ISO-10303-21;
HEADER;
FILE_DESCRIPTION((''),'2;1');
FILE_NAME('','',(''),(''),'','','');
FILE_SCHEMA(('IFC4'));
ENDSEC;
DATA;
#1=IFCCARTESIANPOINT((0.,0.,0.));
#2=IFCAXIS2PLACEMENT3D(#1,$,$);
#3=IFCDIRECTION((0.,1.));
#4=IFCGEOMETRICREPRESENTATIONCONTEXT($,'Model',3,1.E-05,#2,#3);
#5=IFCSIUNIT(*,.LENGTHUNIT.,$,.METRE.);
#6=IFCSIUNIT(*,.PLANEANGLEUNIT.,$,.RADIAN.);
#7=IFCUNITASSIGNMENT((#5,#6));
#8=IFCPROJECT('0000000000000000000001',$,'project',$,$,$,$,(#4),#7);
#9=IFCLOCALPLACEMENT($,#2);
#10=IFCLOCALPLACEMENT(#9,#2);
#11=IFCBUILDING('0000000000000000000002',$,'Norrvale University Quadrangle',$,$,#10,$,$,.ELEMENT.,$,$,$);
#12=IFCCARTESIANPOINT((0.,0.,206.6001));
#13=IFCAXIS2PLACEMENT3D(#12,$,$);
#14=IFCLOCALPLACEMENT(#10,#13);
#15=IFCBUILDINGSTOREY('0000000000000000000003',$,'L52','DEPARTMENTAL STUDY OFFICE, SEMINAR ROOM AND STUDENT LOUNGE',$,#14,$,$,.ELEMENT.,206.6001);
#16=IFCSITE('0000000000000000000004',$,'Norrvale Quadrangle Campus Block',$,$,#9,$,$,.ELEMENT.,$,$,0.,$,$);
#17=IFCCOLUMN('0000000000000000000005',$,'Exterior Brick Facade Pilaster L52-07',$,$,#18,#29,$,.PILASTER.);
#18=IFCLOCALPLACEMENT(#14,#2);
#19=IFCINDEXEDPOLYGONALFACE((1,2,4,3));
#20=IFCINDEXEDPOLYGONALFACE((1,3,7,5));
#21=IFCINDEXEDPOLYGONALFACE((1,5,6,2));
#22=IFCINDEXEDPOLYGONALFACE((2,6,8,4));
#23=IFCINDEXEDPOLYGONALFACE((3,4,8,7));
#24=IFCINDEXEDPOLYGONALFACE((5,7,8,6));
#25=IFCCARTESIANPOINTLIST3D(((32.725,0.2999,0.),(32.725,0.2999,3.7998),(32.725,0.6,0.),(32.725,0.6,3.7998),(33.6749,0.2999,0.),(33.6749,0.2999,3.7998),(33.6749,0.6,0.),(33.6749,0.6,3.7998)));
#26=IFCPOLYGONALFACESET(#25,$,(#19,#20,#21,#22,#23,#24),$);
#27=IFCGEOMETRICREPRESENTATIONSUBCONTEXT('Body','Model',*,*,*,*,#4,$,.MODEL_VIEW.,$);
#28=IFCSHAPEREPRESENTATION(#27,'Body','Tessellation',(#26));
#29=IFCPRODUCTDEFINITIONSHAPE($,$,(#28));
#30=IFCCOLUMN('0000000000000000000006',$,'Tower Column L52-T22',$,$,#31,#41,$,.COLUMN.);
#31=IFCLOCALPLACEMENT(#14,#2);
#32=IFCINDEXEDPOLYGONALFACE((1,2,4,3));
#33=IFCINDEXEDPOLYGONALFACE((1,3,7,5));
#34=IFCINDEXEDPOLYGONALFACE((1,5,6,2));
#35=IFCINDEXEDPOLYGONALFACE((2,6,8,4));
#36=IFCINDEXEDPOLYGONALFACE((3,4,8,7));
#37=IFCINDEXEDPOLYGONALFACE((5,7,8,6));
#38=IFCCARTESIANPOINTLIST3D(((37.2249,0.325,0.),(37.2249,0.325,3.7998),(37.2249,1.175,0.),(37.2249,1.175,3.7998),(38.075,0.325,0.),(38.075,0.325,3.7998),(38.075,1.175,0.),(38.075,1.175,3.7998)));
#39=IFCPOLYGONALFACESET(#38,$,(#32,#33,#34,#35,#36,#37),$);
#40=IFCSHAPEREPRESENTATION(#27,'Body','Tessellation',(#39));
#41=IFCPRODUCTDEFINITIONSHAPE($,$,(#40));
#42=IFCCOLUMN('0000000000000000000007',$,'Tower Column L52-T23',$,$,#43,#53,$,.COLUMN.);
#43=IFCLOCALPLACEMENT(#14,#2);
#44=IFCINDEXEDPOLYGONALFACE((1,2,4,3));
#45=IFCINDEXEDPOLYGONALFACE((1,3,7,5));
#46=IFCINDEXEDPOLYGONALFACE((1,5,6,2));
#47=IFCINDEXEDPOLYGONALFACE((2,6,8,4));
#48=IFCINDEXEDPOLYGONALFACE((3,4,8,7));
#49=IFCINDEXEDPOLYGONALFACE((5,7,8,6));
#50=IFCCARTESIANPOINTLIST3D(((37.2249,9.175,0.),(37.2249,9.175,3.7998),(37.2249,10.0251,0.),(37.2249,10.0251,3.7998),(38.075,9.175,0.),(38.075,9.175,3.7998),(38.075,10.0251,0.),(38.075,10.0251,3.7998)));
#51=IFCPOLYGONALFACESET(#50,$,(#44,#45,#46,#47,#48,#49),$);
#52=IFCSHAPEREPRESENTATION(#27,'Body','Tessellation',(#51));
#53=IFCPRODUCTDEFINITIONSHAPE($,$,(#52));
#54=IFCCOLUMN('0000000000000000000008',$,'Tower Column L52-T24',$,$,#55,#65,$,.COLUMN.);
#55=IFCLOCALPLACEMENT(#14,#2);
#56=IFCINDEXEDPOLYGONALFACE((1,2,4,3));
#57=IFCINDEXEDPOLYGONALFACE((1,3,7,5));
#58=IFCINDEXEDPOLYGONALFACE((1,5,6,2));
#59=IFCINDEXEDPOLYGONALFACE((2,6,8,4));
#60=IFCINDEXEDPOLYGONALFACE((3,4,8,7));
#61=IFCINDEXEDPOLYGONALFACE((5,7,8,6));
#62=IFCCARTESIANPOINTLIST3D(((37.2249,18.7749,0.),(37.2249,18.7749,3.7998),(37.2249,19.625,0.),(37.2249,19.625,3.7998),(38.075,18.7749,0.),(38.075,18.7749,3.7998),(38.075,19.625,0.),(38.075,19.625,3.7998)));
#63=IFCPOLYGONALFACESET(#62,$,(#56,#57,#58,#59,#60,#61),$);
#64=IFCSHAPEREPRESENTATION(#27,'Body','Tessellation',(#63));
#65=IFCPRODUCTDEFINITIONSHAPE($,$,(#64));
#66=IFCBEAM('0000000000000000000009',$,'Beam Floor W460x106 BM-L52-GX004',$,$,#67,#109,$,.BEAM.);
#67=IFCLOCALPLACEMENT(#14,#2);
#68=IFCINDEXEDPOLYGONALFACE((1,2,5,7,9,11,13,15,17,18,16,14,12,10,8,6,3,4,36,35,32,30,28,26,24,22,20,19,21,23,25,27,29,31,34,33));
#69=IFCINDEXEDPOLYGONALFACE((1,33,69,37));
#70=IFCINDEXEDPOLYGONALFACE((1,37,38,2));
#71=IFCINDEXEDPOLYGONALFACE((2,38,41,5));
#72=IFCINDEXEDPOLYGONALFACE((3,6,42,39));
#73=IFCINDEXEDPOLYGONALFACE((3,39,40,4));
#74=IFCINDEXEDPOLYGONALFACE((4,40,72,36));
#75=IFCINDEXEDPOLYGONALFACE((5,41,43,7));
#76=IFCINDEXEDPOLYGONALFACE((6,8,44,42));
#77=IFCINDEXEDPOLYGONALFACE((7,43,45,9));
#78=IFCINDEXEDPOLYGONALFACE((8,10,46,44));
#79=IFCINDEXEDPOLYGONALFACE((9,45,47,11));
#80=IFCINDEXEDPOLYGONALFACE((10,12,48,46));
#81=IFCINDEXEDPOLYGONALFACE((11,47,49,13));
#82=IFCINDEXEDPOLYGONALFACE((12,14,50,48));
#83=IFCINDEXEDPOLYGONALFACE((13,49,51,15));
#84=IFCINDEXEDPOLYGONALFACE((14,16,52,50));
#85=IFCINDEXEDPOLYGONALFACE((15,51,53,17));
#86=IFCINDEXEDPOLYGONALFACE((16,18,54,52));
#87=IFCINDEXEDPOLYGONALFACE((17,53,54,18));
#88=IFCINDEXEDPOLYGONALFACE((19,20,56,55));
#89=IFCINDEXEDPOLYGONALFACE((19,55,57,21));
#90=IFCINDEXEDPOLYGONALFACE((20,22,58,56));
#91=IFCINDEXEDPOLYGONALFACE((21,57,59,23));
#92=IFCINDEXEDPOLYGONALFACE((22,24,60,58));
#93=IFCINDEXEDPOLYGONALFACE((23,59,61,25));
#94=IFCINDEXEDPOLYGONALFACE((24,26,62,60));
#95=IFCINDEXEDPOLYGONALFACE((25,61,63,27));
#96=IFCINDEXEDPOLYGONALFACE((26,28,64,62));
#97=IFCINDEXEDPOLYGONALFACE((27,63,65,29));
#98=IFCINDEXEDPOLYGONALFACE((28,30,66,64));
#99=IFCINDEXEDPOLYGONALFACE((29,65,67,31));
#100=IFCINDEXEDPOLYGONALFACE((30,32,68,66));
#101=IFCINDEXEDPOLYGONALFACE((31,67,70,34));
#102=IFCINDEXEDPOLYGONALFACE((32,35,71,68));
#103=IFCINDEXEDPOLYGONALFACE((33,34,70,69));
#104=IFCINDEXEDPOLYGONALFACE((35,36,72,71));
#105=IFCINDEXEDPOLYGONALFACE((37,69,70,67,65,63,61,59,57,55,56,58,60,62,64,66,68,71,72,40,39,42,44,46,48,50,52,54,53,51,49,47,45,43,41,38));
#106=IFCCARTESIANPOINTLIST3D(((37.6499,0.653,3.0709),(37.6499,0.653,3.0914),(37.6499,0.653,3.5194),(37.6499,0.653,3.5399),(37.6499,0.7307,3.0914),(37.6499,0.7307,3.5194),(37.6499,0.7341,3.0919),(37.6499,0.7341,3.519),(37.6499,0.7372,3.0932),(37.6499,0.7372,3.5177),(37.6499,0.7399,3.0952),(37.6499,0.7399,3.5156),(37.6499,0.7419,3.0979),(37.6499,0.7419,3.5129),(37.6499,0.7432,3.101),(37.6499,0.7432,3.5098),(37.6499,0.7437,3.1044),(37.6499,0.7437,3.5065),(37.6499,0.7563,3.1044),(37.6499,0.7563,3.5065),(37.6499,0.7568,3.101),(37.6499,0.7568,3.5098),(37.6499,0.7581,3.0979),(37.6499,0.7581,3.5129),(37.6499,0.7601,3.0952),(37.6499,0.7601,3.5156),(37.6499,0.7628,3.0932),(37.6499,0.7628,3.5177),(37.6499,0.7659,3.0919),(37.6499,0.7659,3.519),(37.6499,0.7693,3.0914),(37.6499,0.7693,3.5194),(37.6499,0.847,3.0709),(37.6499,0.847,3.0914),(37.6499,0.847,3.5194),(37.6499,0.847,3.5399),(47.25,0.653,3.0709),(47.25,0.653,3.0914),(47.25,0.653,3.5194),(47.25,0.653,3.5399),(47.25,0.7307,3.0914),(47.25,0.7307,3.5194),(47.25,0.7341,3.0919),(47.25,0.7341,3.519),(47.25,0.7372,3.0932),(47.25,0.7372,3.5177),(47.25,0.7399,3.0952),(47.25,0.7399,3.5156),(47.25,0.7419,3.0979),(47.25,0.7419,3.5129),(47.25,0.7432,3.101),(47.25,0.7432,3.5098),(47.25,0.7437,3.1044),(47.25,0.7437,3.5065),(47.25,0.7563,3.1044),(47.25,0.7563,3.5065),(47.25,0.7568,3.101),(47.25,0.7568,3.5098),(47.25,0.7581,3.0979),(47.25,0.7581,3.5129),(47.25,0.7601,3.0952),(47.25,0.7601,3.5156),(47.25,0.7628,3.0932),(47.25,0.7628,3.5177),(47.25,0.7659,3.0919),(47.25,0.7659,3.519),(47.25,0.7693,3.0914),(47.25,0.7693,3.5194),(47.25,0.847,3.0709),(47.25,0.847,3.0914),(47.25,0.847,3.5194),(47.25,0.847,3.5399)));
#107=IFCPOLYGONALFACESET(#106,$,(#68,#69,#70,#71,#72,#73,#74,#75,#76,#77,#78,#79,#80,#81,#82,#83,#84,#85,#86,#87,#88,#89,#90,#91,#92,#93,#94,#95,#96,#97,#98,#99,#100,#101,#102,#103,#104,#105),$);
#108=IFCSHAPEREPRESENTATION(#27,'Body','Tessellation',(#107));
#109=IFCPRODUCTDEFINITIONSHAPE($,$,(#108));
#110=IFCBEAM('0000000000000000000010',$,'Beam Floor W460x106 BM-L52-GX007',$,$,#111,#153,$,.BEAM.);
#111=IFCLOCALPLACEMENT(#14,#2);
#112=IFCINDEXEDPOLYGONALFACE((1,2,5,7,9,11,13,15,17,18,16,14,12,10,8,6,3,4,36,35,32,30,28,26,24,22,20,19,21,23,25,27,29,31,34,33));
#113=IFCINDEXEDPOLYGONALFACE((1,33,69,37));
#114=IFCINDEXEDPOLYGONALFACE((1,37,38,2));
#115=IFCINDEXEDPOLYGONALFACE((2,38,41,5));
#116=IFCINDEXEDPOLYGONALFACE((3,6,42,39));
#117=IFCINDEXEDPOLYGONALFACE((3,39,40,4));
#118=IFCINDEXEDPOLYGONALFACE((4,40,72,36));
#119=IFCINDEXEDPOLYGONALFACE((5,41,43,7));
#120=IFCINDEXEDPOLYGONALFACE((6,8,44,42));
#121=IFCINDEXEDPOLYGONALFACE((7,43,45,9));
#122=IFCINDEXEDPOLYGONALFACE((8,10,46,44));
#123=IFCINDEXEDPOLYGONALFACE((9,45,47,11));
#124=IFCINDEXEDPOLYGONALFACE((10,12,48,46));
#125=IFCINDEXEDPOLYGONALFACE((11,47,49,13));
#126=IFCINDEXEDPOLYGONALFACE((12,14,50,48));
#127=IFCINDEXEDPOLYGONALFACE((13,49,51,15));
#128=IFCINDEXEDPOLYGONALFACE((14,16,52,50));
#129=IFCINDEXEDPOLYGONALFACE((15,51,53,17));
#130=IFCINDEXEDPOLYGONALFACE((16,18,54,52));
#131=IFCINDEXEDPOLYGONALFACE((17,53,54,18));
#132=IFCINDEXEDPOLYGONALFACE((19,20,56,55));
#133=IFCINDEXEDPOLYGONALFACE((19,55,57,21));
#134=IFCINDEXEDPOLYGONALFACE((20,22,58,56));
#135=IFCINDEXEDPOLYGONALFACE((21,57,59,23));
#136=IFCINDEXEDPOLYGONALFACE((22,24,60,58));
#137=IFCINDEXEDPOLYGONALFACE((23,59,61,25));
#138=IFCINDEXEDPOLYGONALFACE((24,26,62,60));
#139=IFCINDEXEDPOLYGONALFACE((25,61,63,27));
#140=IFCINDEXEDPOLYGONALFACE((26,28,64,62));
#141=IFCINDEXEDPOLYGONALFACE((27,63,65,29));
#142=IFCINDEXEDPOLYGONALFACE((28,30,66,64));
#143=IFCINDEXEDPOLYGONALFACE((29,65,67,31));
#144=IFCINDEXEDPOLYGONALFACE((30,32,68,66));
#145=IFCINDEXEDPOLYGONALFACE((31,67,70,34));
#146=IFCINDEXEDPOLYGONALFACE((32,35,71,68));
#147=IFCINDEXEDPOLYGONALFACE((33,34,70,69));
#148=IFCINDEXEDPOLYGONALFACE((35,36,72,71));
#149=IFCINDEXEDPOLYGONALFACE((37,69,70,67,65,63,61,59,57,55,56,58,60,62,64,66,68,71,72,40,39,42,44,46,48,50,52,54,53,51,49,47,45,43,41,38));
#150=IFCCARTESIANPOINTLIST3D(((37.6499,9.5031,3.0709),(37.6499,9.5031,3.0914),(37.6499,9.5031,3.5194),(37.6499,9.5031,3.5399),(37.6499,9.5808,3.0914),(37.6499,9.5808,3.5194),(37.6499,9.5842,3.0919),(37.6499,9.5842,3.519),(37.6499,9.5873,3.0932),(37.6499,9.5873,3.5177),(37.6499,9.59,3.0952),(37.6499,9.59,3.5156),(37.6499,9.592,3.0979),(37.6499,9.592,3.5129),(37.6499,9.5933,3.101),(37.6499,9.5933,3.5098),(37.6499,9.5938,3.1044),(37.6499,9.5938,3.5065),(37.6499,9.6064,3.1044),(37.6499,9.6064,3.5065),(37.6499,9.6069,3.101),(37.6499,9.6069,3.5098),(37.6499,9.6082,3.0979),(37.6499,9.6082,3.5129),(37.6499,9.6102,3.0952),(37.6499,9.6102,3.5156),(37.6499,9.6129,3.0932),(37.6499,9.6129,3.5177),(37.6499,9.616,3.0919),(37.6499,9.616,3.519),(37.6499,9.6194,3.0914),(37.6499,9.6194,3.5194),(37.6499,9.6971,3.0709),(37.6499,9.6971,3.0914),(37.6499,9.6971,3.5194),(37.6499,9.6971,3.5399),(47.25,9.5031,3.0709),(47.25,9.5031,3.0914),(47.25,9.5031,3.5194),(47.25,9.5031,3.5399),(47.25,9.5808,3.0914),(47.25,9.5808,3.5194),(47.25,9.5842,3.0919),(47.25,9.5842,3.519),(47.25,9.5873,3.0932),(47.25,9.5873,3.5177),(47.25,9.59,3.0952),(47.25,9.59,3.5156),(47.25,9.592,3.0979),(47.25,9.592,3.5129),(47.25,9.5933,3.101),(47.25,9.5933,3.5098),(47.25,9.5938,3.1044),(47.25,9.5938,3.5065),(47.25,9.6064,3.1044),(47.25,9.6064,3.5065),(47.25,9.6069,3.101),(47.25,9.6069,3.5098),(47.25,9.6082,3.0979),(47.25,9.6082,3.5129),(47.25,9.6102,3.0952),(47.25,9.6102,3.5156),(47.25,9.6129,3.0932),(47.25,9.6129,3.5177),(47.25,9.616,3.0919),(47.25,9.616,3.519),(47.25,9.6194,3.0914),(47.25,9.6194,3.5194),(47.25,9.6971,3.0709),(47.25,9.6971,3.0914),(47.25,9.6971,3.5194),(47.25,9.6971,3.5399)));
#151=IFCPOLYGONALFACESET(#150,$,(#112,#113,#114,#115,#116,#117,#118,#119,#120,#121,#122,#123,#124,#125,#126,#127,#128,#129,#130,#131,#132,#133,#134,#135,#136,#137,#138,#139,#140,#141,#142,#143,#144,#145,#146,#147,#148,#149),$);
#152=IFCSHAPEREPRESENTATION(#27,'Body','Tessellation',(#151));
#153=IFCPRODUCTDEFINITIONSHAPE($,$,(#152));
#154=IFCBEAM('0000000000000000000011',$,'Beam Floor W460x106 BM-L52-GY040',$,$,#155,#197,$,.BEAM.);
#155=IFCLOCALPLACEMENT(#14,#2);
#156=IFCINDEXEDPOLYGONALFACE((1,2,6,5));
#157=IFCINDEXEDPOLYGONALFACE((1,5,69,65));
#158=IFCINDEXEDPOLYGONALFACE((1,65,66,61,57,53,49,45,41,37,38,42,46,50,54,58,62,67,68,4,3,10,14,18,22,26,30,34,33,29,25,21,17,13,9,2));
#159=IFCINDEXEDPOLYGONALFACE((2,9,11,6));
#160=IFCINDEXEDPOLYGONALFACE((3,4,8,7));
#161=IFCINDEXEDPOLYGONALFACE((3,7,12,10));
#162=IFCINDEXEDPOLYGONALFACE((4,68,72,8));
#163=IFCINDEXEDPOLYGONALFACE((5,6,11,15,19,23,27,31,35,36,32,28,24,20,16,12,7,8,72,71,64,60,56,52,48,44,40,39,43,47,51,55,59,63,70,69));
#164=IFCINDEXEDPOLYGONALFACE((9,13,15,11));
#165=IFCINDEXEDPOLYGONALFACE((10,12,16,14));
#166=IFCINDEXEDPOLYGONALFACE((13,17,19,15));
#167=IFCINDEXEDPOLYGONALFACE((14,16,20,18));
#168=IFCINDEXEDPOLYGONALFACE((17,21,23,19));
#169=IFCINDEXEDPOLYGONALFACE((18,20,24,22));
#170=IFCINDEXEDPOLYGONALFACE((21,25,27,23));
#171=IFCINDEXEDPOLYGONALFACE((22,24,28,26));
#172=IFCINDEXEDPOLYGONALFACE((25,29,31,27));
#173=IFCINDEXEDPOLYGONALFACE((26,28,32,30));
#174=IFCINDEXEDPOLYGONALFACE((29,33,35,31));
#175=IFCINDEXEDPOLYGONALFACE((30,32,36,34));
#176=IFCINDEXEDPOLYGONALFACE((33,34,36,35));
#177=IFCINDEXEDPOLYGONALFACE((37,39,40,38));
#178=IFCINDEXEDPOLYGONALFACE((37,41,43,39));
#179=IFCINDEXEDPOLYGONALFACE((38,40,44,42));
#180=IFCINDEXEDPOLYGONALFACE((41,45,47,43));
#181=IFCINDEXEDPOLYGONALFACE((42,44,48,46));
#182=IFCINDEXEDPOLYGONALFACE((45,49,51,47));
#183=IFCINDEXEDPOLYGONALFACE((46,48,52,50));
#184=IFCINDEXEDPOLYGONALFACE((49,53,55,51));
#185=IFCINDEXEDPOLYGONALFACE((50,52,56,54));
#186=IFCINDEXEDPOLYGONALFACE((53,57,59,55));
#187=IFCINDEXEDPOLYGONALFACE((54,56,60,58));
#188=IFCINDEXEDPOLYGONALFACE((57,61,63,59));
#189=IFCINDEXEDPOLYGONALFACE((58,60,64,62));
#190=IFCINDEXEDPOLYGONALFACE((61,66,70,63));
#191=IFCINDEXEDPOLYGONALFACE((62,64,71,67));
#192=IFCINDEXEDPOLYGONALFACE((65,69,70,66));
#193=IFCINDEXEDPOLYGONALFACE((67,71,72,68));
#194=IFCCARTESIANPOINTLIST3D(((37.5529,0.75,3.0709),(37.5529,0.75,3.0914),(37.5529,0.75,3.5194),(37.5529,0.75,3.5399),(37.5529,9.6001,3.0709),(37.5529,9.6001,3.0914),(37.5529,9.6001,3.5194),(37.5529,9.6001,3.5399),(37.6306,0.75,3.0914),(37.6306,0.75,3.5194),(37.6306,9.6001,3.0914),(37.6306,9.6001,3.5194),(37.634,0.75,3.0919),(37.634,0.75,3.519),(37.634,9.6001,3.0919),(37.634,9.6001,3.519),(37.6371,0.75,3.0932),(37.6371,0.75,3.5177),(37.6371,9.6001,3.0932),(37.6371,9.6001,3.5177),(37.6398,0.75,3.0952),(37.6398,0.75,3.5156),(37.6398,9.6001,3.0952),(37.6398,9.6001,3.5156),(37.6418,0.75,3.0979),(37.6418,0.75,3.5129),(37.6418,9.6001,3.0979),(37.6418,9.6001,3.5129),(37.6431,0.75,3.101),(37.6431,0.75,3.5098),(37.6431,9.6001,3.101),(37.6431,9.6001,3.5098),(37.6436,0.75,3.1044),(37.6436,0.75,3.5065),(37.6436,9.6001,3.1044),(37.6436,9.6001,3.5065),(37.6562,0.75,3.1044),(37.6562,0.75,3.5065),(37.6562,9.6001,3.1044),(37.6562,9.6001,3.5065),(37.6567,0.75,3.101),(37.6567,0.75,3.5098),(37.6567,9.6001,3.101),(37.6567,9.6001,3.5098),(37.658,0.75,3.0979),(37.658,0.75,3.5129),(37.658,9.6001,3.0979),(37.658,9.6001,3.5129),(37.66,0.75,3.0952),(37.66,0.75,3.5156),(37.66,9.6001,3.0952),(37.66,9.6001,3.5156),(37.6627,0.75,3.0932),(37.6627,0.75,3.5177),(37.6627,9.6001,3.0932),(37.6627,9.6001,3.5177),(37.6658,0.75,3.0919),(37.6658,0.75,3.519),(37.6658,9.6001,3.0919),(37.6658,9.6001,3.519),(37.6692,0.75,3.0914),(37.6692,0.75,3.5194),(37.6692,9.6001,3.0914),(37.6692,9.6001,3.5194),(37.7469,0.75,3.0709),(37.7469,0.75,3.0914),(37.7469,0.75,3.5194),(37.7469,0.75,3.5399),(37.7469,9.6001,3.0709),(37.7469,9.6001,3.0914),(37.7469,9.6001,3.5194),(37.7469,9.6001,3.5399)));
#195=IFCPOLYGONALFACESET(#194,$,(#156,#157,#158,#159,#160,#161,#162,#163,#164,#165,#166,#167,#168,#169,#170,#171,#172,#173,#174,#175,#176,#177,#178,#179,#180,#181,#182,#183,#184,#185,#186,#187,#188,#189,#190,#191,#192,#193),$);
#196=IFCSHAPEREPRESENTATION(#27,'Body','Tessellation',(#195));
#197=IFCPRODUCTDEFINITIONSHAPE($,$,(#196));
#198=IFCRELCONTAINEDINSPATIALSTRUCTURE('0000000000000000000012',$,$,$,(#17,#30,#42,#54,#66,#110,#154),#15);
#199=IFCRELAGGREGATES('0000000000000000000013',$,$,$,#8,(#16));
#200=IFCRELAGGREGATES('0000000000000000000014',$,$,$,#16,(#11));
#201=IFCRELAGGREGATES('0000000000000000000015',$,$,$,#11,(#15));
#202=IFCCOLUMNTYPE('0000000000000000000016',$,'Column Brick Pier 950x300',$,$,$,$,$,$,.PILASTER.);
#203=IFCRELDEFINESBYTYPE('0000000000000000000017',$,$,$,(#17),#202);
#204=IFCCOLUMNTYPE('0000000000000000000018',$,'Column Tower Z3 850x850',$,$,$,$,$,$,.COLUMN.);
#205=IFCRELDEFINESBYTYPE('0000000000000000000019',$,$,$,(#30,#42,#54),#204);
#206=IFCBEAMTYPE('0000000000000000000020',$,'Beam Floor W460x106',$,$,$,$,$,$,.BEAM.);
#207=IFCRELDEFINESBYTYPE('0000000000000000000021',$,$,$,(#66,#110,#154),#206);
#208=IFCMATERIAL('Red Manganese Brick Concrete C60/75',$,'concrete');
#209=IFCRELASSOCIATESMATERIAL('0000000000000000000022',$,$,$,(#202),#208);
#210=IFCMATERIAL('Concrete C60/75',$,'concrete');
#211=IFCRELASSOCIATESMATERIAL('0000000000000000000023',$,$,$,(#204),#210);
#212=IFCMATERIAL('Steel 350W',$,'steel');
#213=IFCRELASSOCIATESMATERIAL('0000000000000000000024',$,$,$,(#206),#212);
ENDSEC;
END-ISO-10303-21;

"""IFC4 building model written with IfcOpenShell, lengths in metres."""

from ifc_helpers import new_model, si_unit, direction, frame, origin, origin_2d, place, context, subcontext, project, spatial, rectangle, i_section, extrude, material, material_profile, profile_set, type_object, element, save


model = new_model("IFC4")

# Units and contexts
model_context = context("Model", 3, precision=1e-05, world=origin(), true_north=direction((0.0, 1.0)))
body_context = subcontext(model_context, "Body", "Model", "MODEL_VIEW")
ifc_project = project(units=[si_unit("LENGTHUNIT", "METRE"), si_unit("PLANEANGLEUNIT", "RADIAN")], contexts=[model_context])

# Site, building, storey
site_placement = place(None, origin())
site = spatial("IfcSite", under=ifc_project, at=site_placement, Name="Norrvale Quadrangle Campus Block", CompositionType="ELEMENT", RefElevation=0.0)
building_placement = place(site_placement, origin())
building = spatial("IfcBuilding", under=site, at=building_placement, Name="Norrvale University Quadrangle", CompositionType="ELEMENT")
storey_placement = place(building_placement, frame((0.0, 0.0, 206.6001)))
storey = spatial("IfcBuildingStorey", under=building, at=storey_placement, Name="L52", Description="DEPARTMENTAL STUDY OFFICE, SEMINAR ROOM AND STUDENT LOUNGE", CompositionType="ELEMENT", Elevation=206.6001)

# Columns
ifc_material_1 = material(Name="Red Manganese Brick Concrete C60/75", Category="concrete")
ifc_material_profile_1 = material_profile(ifc_material_1, rectangle(XDim=0.95, YDim=0.3, at=origin_2d()), Name="Red Manganese Brick Concrete C60/75")
ifc_profile_set_1 = profile_set([ifc_material_profile_1], Name="Red Manganese Brick Concrete C60/75")
column_type_1 = type_object("IfcColumnType", Name="Column Brick Pier 950x300", PredefinedType="PILASTER", material=ifc_profile_set_1)
column_placement = place(storey_placement, frame((33.2, 0.45, 0.0), z_axis=(0.0, 0.0, 1.0), x_axis=(1.0, 0.0, 0.0)))
element("IfcColumn", 1, at=column_placement, inside=storey, type_object=column_type_1, Name="Exterior Brick Facade Pilaster L52-07", PredefinedType="PILASTER", context=body_context, shape_type="SweptSolid", body=[
    extrude(rectangle(XDim=0.95, YDim=0.3, at=origin_2d()), origin(), (0.0, 0.0, 1.0), 3.7998),
])
ifc_material_2 = material(Name="Concrete C60/75", Category="concrete")
ifc_material_profile_2 = material_profile(ifc_material_2, rectangle(XDim=0.8501, YDim=0.8501, at=origin_2d()), Name="Concrete C60/75")
ifc_profile_set_2 = profile_set([ifc_material_profile_2], Name="Concrete C60/75")
column_type_2 = type_object("IfcColumnType", Name="Column Tower Z3 850x850", PredefinedType="COLUMN", material=ifc_profile_set_2)
for number, where, z_axis, x_axis, name in (
    (2, (37.6499, 0.75, 0.0), (0.0, 0.0, 1.0), (1.0, 0.0, 0.0), "Tower Column L52-T22"),
    (3, (37.6499, 9.6001, 0.0), (0.0, 0.0, 1.0), (1.0, 0.0, 0.0), "Tower Column L52-T23"),
    (4, (37.6499, 19.2, 0.0), (0.0, 0.0, 1.0), (1.0, 0.0, 0.0), "Tower Column L52-T24"),
):
    element("IfcColumn", number, at=place(storey_placement, frame(where, z_axis=z_axis, x_axis=x_axis)), inside=storey, type_object=column_type_2, Name=name, PredefinedType="COLUMN", context=body_context, shape_type="SweptSolid", body=[
        extrude(rectangle(XDim=0.8501, YDim=0.8501, at=origin_2d()), origin(), (0.0, 0.0, 1.0), 3.7998),
    ])

# Beams
ifc_material_3 = material(Name="Steel 350W", Category="steel")
ifc_material_profile_3 = material_profile(ifc_material_3, i_section(OverallWidth=0.1941, OverallDepth=0.469, WebThickness=0.0127, FlangeThickness=0.0205, FilletRadius=0.0129, at=origin_2d()), Name="Steel 350W")
ifc_profile_set_3 = profile_set([ifc_material_profile_3], Name="Steel 350W")
beam_type_1 = type_object("IfcBeamType", Name="Beam Floor W460x106", PredefinedType="BEAM", material=ifc_profile_set_3)
for number, where, z_axis, x_axis, name in (
    (5, (37.6499, 0.75, 3.3054), (1.0, 0.0, 0.0), (0.0, 1.0, 0.0), "Beam Floor W460x106 BM-L52-GX004"),
    (6, (37.6499, 9.6001, 3.3054), (1.0, 0.0, 0.0), (0.0, 1.0, 0.0), "Beam Floor W460x106 BM-L52-GX007"),
):
    element("IfcBeam", number, at=place(storey_placement, frame(where, z_axis=z_axis, x_axis=x_axis)), inside=storey, type_object=beam_type_1, Name=name, PredefinedType="BEAM", context=body_context, shape_type="SweptSolid", body=[
        extrude(i_section(OverallWidth=0.1941, OverallDepth=0.469, WebThickness=0.0127, FlangeThickness=0.0205, FilletRadius=0.0129, at=origin_2d()), origin(), (0.0, 0.0, 1.0), 9.6001),
    ])
beam_1_placement = place(storey_placement, frame((37.6499, 0.75, 3.3054), z_axis=(0.0, 1.0, 0.0), x_axis=(-1.0, 0.0, 0.0)))
element("IfcBeam", 7, at=beam_1_placement, inside=storey, type_object=beam_type_1, Name="Beam Floor W460x106 BM-L52-GY040", PredefinedType="BEAM", context=body_context, shape_type="SweptSolid", body=[
    extrude(i_section(OverallWidth=0.1941, OverallDepth=0.469, WebThickness=0.0127, FlangeThickness=0.0205, FilletRadius=0.0129, at=origin_2d()), origin(), (0.0, 0.0, 1.0), 8.8501),
])

save(model, "model.ifc")
